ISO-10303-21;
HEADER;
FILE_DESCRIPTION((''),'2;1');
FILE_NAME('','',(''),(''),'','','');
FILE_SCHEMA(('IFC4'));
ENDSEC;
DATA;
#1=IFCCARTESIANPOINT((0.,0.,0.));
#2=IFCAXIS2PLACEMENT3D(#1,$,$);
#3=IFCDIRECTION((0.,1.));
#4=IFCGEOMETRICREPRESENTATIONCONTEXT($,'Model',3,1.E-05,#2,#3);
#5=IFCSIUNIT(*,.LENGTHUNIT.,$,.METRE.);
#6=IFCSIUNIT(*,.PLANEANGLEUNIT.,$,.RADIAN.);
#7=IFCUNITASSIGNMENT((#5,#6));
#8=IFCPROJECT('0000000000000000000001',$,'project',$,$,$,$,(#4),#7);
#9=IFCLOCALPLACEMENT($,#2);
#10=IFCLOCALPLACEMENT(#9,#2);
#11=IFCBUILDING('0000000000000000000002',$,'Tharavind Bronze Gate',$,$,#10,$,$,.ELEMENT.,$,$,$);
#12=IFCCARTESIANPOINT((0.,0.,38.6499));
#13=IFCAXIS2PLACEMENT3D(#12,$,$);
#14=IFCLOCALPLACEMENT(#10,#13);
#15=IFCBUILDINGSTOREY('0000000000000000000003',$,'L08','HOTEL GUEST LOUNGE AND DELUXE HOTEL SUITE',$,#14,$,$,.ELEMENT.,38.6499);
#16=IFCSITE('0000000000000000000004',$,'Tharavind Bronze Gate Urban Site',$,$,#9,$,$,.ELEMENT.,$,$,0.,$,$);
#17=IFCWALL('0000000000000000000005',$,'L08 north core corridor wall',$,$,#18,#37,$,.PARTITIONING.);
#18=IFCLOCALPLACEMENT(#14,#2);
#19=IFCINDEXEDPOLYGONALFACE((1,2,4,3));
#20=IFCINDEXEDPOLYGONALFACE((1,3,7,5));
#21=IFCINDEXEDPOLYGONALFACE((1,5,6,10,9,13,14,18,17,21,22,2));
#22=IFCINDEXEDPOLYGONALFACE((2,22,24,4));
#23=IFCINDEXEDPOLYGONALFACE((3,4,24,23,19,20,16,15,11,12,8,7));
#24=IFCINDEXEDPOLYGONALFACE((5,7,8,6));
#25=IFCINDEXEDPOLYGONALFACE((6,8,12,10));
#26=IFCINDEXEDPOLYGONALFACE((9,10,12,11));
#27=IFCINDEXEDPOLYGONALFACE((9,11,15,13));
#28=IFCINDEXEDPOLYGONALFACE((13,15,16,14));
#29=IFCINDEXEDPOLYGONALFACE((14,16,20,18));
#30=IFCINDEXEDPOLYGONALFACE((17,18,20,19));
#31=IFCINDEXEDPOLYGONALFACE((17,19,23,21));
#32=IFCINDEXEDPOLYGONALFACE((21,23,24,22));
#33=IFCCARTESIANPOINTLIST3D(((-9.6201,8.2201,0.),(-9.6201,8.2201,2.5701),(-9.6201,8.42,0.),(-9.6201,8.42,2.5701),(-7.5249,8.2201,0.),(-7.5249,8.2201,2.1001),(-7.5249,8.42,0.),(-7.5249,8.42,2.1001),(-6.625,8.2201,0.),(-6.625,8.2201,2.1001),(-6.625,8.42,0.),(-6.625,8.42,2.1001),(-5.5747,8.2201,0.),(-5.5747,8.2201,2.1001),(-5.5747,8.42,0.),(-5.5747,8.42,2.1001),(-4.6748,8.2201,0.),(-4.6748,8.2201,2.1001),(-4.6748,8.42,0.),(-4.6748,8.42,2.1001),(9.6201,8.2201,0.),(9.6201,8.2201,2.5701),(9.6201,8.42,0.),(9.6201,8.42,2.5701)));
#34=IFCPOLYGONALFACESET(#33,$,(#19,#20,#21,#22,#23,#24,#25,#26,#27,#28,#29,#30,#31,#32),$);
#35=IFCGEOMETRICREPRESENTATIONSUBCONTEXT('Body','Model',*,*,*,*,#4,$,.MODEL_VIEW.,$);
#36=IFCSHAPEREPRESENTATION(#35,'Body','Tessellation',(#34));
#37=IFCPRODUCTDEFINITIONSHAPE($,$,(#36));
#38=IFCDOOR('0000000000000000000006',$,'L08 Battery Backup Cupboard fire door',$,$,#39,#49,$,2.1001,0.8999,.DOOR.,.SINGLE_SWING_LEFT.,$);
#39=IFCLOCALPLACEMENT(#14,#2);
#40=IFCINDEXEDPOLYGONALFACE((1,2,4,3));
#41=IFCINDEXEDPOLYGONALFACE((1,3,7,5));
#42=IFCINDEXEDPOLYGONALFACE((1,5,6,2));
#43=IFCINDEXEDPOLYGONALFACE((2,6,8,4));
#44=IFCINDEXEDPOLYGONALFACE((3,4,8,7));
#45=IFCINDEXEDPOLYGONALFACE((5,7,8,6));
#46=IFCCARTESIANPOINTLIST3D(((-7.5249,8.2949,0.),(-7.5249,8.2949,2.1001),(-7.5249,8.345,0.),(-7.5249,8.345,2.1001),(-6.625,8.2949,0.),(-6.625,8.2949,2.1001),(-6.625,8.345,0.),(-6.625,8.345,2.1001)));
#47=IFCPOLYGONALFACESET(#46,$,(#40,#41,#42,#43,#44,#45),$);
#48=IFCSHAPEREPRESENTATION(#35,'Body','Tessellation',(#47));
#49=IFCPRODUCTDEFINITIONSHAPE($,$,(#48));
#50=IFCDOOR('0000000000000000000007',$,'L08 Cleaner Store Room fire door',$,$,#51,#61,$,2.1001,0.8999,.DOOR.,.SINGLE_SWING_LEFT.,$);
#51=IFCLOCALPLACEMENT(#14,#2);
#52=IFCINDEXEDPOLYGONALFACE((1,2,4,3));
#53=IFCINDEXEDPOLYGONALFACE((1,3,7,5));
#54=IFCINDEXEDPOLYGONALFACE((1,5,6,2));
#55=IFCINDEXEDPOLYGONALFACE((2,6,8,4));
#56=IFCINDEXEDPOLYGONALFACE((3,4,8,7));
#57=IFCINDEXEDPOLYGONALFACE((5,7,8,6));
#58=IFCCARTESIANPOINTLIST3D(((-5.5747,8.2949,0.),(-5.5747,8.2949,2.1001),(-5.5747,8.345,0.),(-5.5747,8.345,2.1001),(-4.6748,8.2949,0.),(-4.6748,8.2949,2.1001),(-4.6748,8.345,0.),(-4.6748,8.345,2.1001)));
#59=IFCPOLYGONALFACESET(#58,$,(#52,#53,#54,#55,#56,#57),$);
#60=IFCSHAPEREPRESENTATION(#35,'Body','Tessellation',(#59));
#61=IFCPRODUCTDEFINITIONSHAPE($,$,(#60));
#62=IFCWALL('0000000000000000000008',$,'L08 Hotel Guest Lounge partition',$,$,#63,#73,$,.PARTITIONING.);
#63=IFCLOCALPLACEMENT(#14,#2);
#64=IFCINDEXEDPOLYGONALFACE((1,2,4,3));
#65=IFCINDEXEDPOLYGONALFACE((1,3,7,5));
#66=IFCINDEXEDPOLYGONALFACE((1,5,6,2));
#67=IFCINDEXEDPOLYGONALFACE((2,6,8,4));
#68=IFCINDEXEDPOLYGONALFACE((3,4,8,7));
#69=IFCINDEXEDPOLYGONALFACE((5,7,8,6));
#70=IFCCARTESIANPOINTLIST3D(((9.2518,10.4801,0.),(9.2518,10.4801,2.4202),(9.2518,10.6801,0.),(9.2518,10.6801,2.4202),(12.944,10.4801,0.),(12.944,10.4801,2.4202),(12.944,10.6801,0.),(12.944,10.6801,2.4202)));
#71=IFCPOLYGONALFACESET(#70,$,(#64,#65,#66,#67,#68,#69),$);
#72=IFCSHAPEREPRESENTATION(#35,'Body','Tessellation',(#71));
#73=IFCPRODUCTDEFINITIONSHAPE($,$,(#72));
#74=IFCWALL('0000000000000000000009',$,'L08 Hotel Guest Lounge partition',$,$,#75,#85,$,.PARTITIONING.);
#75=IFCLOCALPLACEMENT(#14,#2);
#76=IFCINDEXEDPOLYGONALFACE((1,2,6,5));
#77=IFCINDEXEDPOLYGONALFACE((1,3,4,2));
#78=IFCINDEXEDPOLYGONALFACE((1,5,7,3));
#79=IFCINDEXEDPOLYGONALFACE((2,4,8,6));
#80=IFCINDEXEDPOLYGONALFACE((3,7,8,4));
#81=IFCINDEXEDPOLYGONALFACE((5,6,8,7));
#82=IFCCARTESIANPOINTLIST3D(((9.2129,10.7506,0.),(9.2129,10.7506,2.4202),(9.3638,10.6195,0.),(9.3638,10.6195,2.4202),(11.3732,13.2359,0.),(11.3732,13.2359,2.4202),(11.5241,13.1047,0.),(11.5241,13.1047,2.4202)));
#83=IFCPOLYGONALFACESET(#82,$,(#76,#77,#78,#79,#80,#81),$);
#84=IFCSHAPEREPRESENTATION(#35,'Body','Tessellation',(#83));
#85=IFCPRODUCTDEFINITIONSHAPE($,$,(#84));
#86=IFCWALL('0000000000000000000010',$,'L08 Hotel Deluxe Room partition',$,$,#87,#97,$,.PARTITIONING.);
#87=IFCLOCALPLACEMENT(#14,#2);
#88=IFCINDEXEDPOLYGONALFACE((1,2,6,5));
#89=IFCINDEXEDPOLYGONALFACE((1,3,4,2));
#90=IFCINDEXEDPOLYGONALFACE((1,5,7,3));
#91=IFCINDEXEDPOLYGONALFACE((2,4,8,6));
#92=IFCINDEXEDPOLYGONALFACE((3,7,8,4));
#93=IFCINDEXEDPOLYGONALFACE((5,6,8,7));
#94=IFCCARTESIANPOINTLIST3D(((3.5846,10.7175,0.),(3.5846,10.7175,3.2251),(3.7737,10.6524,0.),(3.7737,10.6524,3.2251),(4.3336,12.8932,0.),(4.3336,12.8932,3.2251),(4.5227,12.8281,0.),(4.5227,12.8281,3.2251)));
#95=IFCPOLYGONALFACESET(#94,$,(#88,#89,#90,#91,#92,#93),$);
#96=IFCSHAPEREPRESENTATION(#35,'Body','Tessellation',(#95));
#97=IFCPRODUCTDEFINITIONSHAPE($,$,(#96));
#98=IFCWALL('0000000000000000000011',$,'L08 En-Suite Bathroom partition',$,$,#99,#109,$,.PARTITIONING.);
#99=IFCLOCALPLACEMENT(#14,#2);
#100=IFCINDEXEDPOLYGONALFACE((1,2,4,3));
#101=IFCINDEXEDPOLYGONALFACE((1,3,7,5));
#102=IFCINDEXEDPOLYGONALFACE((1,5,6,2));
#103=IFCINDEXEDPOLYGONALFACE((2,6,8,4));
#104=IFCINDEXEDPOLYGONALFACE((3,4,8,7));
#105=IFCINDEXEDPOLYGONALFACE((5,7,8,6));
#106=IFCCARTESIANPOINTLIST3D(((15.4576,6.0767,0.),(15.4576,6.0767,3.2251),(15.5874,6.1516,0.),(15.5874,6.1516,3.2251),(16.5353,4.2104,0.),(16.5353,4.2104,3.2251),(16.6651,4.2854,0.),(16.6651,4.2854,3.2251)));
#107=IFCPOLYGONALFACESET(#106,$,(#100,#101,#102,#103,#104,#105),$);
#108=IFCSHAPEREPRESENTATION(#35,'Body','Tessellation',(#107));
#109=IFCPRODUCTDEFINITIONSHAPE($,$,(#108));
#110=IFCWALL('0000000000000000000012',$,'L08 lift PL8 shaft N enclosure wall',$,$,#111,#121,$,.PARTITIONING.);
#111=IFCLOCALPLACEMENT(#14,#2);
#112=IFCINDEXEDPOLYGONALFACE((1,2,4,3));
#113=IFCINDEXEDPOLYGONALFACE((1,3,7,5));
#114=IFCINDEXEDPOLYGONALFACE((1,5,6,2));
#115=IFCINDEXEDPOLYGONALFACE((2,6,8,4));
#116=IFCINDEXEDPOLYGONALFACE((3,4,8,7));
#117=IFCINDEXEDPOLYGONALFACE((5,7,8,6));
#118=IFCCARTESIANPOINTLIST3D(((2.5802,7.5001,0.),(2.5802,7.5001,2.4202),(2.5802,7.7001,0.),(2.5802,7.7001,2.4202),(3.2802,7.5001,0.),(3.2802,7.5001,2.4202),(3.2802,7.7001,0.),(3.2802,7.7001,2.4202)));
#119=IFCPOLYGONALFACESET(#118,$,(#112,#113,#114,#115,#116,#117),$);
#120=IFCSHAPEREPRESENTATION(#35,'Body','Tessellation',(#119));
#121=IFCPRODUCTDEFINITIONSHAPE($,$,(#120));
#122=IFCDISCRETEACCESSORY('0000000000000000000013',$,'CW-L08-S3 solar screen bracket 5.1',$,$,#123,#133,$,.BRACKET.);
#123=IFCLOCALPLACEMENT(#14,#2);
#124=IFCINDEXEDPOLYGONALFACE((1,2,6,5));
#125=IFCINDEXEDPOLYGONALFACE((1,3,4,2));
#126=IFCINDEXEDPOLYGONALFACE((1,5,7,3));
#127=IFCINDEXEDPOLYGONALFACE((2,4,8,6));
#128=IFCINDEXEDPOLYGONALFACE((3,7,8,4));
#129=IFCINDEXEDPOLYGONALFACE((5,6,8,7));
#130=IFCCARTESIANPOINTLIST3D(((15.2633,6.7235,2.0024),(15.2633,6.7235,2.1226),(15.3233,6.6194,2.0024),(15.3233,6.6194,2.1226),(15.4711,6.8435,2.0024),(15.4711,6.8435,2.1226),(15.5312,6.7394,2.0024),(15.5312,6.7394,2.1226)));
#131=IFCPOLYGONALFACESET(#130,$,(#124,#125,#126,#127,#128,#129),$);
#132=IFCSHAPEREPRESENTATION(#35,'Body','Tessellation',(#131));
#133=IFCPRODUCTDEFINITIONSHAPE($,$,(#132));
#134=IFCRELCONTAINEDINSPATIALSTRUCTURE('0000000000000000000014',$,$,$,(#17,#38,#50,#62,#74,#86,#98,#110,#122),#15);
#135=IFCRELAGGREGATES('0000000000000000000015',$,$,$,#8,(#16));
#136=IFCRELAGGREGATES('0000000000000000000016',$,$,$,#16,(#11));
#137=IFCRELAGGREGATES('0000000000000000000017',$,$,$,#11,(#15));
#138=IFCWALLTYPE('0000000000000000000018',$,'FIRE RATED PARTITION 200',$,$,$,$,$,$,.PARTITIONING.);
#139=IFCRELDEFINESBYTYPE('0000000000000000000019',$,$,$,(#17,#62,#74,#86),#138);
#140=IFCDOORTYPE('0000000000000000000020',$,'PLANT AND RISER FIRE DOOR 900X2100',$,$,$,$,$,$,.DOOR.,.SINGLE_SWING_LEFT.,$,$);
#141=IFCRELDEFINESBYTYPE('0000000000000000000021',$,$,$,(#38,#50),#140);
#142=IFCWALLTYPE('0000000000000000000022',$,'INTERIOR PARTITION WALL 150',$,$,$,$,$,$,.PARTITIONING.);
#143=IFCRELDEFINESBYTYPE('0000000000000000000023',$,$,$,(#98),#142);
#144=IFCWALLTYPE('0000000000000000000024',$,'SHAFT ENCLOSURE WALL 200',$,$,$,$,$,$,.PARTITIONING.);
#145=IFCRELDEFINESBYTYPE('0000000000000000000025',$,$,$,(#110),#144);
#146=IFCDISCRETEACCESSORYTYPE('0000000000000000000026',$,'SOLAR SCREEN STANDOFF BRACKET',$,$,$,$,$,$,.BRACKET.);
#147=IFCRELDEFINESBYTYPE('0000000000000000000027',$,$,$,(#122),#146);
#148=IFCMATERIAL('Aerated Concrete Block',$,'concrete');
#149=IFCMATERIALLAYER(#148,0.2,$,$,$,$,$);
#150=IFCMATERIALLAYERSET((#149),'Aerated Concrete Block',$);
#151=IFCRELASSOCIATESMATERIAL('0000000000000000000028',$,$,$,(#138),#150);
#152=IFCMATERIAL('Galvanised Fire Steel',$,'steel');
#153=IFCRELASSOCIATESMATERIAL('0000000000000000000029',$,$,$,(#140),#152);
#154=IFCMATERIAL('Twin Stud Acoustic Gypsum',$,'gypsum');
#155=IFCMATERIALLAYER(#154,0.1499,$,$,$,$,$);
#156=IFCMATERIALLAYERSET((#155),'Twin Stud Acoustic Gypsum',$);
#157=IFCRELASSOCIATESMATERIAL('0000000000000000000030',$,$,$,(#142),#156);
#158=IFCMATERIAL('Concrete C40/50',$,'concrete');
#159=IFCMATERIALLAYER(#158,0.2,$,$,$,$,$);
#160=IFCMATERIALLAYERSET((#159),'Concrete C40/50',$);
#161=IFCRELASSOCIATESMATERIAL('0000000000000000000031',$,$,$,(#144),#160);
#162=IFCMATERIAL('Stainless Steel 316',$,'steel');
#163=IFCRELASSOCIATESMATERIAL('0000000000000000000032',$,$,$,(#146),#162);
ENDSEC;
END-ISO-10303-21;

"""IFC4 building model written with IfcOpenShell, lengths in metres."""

from ifc_helpers import new_model, si_unit, direction, frame, frame_2d, origin, origin_2d, place, context, subcontext, project, spatial, rectangle, extrude, material, layer, layer_set, type_object, element, fill, save


model = new_model("IFC4")

# Units and contexts
model_context = context("Model", 3, precision=1e-05, world=origin(), true_north=direction((0.0, 1.0)))
body_context = subcontext(model_context, "Body", "Model", "MODEL_VIEW")
ifc_project = project(units=[si_unit("LENGTHUNIT", "METRE"), si_unit("PLANEANGLEUNIT", "RADIAN")], contexts=[model_context])

# Site, building, storey
site_placement = place(None, origin())
site = spatial("IfcSite", under=ifc_project, at=site_placement, Name="Tharavind Bronze Gate Urban Site", CompositionType="ELEMENT", RefElevation=0.0)
building_placement = place(site_placement, origin())
building = spatial("IfcBuilding", under=site, at=building_placement, Name="Tharavind Bronze Gate", CompositionType="ELEMENT")
storey_placement = place(building_placement, frame((0.0, 0.0, 38.6499)))
storey = spatial("IfcBuildingStorey", under=building, at=storey_placement, Name="L08", Description="HOTEL GUEST LOUNGE AND DELUXE HOTEL SUITE", CompositionType="ELEMENT", Elevation=38.6499)

# Wall, openings, doors
ifc_material_1 = material(Name="Aerated Concrete Block", Category="concrete")
ifc_layer_1 = layer(ifc_material_1, 0.2)
ifc_layer_set_1 = layer_set([ifc_layer_1], Name="Aerated Concrete Block")
wall_type_1 = type_object("IfcWallType", Name="FIRE RATED PARTITION 200", PredefinedType="PARTITIONING", material=ifc_layer_set_1)
wall_1_placement = place(storey_placement, frame((9.6201, 8.3201, 0.0), z_axis=(0.0, 0.0, 1.0), x_axis=(-1.0, 0.0, 0.0)))
wall_1 = element("IfcWall", 1, at=wall_1_placement, inside=storey, type_object=wall_type_1, Name="L08 north core corridor wall", PredefinedType="PARTITIONING", context=body_context, shape_type="SweptSolid", body=[
    extrude(rectangle(XDim=19.2402, YDim=0.2, at=frame_2d((9.6201, 0.0))), origin(), (0.0, 0.0, 1.0), 2.5701),
])
opening_1_placement = place(wall_1_placement, frame((16.2451, 0.0, 0.0)))
opening_1 = element("IfcOpeningElement", 2, at=opening_1_placement, cuts=wall_1, PredefinedType="OPENING", context=body_context, shape_type="SweptSolid", body=[
    extrude(rectangle(XDim=0.8999, YDim=2.1001, at=frame_2d((0.45, 1.05))), frame((0.0, 0.1101, 0.0), z_axis=(0.0, -1.0, 0.0), x_axis=(1.0, 0.0, 0.0)), (0.0, 0.0, 1.0), 0.22),
])
opening_2_placement = place(wall_1_placement, frame((14.2949, 0.0, 0.0)))
opening_2 = element("IfcOpeningElement", 3, at=opening_2_placement, cuts=wall_1, PredefinedType="OPENING", context=body_context, shape_type="SweptSolid", body=[
    extrude(rectangle(XDim=0.8999, YDim=2.1001, at=frame_2d((0.45, 1.05))), frame((0.0, 0.1101, 0.0), z_axis=(0.0, -1.0, 0.0), x_axis=(1.0, 0.0, 0.0)), (0.0, 0.0, 1.0), 0.22),
])
ifc_material_2 = material(Name="Galvanised Fire Steel", Category="steel")
door_type_1 = type_object("IfcDoorType", Name="PLANT AND RISER FIRE DOOR 900X2100", OperationType="SINGLE_SWING_LEFT", PredefinedType="DOOR", material=ifc_material_2)
door_1_placement = place(opening_1_placement, frame((0.8999, 0.0, 0.0), z_axis=(0.0, 0.0, 1.0), x_axis=(-1.0, 0.0, 0.0)))
door_1 = element("IfcDoor", 4, at=door_1_placement, inside=storey, type_object=door_type_1, Name="L08 Battery Backup Cupboard fire door", OperationType="SINGLE_SWING_LEFT", OverallHeight=2.1001, OverallWidth=0.8999, PredefinedType="DOOR", context=body_context, shape_type="SweptSolid", body=[
    extrude(rectangle(XDim=0.8999, YDim=2.1001, at=frame_2d((0.45, 1.05))), frame((0.0, 0.0249, 0.0), z_axis=(0.0, -1.0, 0.0), x_axis=(1.0, 0.0, 0.0)), (0.0, 0.0, 1.0), 0.05),
])
fill(opening_1, door_1)
door_2_placement = place(opening_2_placement, frame((0.8999, 0.0, 0.0), z_axis=(0.0, 0.0, 1.0), x_axis=(-1.0, 0.0, 0.0)))
door_2 = element("IfcDoor", 5, at=door_2_placement, inside=storey, type_object=door_type_1, Name="L08 Cleaner Store Room fire door", OperationType="SINGLE_SWING_LEFT", OverallHeight=2.1001, OverallWidth=0.8999, PredefinedType="DOOR", context=body_context, shape_type="SweptSolid", body=[
    extrude(rectangle(XDim=0.8999, YDim=2.1001, at=frame_2d((0.45, 1.05))), frame((0.0, 0.0249, 0.0), z_axis=(0.0, -1.0, 0.0), x_axis=(1.0, 0.0, 0.0)), (0.0, 0.0, 1.0), 0.05),
])
fill(opening_2, door_2)

# Walls
wall_2_placement = place(storey_placement, frame((12.9441, 10.5801, 0.0), z_axis=(0.0, 0.0, 1.0), x_axis=(-1.0, 0.0, 0.0)))
element("IfcWall", 6, at=wall_2_placement, inside=storey, type_object=wall_type_1, Name="L08 Hotel Guest Lounge partition", PredefinedType="PARTITIONING", context=body_context, shape_type="SweptSolid", body=[
    extrude(rectangle(XDim=3.6921, YDim=0.2, at=frame_2d((1.8462, 0.0))), origin(), (0.0, 0.0, 1.0), 2.4202),
])
wall_3_placement = place(storey_placement, frame((9.2883, 10.6851, 0.0), z_axis=(0.0, 0.0, 1.0), x_axis=(0.656045, 0.754722, 0.0)))
element("IfcWall", 7, at=wall_3_placement, inside=storey, type_object=wall_type_1, Name="L08 Hotel Guest Lounge partition", PredefinedType="PARTITIONING", context=body_context, shape_type="SweptSolid", body=[
    extrude(rectangle(XDim=3.293, YDim=0.2, at=frame_2d((1.6465, 0.0))), origin(), (0.0, 0.0, 1.0), 2.4202),
])

# Wall
wall_4_placement = place(storey_placement, frame((3.6792, 10.6851, 0.0), z_axis=(0.0, 0.0, 1.0), x_axis=(0.325507, 0.94554, 0.0)))
element("IfcWall", 8, at=wall_4_placement, inside=storey, type_object=wall_type_1, Name="L08 Hotel Deluxe Room partition", PredefinedType="PARTITIONING", context=body_context, shape_type="SweptSolid", body=[
    extrude(rectangle(XDim=2.301, YDim=0.2, at=frame_2d((1.1504, 0.0))), origin(), (0.0, 0.0, 1.0), 3.2251),
])

# Walls
ifc_material_3 = material(Name="Twin Stud Acoustic Gypsum", Category="gypsum")
ifc_layer_2 = layer(ifc_material_3, 0.1499)
ifc_layer_set_2 = layer_set([ifc_layer_2], Name="Twin Stud Acoustic Gypsum")
wall_type_2 = type_object("IfcWallType", Name="INTERIOR PARTITION WALL 150", PredefinedType="PARTITIONING", material=ifc_layer_set_2)
wall_5_placement = place(storey_placement, frame((15.5225, 6.1143, 0.0), z_axis=(0.0, 0.0, 1.0), x_axis=(0.500062, -0.865989, 0.0)))
element("IfcWall", 9, at=wall_5_placement, inside=storey, type_object=wall_type_2, Name="L08 En-Suite Bathroom partition", PredefinedType="PARTITIONING", context=body_context, shape_type="SweptSolid", body=[
    extrude(rectangle(XDim=2.155, YDim=0.1499, at=frame_2d((1.0776, 0.0))), origin(), (0.0, 0.0, 1.0), 3.2251),
])
ifc_material_4 = material(Name="Concrete C40/50", Category="concrete")
ifc_layer_3 = layer(ifc_material_4, 0.2)
ifc_layer_set_3 = layer_set([ifc_layer_3], Name="Concrete C40/50")
wall_type_3 = type_object("IfcWallType", Name="SHAFT ENCLOSURE WALL 200", PredefinedType="PARTITIONING", material=ifc_layer_set_3)
wall_6_placement = place(storey_placement, frame((2.5801, 7.6001, 0.0), z_axis=(0.0, 0.0, 1.0), x_axis=(1.0, 0.0, 0.0)))
element("IfcWall", 10, at=wall_6_placement, inside=storey, type_object=wall_type_3, Name="L08 lift PL8 shaft N enclosure wall", PredefinedType="PARTITIONING", context=body_context, shape_type="SweptSolid", body=[
    extrude(rectangle(XDim=0.7, YDim=0.2, at=frame_2d((0.3501, 0.0))), origin(), (0.0, 0.0, 1.0), 2.4202),
])

# Discrete accessory
ifc_material_5 = material(Name="Stainless Steel 316", Category="steel")
discrete_accessory_type = type_object("IfcDiscreteAccessoryType", Name="SOLAR SCREEN STANDOFF BRACKET", PredefinedType="BRACKET", material=ifc_material_5)
discrete_accessory_placement = place(storey_placement, frame((15.3972, 6.7314, 2.0024), z_axis=(0.0, 0.0, 1.0), x_axis=(-0.500002, 0.866025, 0.0)))
element("IfcDiscreteAccessory", 11, at=discrete_accessory_placement, inside=storey, type_object=discrete_accessory_type, Name="CW-L08-S3 solar screen bracket 5.1", PredefinedType="BRACKET", context=body_context, shape_type="SweptSolid", body=[
    extrude(rectangle(XDim=0.1201, YDim=0.24, at=origin_2d()), origin(), (0.0, 0.0, 1.0), 0.1201),
])

save(model, "model.ifc")
